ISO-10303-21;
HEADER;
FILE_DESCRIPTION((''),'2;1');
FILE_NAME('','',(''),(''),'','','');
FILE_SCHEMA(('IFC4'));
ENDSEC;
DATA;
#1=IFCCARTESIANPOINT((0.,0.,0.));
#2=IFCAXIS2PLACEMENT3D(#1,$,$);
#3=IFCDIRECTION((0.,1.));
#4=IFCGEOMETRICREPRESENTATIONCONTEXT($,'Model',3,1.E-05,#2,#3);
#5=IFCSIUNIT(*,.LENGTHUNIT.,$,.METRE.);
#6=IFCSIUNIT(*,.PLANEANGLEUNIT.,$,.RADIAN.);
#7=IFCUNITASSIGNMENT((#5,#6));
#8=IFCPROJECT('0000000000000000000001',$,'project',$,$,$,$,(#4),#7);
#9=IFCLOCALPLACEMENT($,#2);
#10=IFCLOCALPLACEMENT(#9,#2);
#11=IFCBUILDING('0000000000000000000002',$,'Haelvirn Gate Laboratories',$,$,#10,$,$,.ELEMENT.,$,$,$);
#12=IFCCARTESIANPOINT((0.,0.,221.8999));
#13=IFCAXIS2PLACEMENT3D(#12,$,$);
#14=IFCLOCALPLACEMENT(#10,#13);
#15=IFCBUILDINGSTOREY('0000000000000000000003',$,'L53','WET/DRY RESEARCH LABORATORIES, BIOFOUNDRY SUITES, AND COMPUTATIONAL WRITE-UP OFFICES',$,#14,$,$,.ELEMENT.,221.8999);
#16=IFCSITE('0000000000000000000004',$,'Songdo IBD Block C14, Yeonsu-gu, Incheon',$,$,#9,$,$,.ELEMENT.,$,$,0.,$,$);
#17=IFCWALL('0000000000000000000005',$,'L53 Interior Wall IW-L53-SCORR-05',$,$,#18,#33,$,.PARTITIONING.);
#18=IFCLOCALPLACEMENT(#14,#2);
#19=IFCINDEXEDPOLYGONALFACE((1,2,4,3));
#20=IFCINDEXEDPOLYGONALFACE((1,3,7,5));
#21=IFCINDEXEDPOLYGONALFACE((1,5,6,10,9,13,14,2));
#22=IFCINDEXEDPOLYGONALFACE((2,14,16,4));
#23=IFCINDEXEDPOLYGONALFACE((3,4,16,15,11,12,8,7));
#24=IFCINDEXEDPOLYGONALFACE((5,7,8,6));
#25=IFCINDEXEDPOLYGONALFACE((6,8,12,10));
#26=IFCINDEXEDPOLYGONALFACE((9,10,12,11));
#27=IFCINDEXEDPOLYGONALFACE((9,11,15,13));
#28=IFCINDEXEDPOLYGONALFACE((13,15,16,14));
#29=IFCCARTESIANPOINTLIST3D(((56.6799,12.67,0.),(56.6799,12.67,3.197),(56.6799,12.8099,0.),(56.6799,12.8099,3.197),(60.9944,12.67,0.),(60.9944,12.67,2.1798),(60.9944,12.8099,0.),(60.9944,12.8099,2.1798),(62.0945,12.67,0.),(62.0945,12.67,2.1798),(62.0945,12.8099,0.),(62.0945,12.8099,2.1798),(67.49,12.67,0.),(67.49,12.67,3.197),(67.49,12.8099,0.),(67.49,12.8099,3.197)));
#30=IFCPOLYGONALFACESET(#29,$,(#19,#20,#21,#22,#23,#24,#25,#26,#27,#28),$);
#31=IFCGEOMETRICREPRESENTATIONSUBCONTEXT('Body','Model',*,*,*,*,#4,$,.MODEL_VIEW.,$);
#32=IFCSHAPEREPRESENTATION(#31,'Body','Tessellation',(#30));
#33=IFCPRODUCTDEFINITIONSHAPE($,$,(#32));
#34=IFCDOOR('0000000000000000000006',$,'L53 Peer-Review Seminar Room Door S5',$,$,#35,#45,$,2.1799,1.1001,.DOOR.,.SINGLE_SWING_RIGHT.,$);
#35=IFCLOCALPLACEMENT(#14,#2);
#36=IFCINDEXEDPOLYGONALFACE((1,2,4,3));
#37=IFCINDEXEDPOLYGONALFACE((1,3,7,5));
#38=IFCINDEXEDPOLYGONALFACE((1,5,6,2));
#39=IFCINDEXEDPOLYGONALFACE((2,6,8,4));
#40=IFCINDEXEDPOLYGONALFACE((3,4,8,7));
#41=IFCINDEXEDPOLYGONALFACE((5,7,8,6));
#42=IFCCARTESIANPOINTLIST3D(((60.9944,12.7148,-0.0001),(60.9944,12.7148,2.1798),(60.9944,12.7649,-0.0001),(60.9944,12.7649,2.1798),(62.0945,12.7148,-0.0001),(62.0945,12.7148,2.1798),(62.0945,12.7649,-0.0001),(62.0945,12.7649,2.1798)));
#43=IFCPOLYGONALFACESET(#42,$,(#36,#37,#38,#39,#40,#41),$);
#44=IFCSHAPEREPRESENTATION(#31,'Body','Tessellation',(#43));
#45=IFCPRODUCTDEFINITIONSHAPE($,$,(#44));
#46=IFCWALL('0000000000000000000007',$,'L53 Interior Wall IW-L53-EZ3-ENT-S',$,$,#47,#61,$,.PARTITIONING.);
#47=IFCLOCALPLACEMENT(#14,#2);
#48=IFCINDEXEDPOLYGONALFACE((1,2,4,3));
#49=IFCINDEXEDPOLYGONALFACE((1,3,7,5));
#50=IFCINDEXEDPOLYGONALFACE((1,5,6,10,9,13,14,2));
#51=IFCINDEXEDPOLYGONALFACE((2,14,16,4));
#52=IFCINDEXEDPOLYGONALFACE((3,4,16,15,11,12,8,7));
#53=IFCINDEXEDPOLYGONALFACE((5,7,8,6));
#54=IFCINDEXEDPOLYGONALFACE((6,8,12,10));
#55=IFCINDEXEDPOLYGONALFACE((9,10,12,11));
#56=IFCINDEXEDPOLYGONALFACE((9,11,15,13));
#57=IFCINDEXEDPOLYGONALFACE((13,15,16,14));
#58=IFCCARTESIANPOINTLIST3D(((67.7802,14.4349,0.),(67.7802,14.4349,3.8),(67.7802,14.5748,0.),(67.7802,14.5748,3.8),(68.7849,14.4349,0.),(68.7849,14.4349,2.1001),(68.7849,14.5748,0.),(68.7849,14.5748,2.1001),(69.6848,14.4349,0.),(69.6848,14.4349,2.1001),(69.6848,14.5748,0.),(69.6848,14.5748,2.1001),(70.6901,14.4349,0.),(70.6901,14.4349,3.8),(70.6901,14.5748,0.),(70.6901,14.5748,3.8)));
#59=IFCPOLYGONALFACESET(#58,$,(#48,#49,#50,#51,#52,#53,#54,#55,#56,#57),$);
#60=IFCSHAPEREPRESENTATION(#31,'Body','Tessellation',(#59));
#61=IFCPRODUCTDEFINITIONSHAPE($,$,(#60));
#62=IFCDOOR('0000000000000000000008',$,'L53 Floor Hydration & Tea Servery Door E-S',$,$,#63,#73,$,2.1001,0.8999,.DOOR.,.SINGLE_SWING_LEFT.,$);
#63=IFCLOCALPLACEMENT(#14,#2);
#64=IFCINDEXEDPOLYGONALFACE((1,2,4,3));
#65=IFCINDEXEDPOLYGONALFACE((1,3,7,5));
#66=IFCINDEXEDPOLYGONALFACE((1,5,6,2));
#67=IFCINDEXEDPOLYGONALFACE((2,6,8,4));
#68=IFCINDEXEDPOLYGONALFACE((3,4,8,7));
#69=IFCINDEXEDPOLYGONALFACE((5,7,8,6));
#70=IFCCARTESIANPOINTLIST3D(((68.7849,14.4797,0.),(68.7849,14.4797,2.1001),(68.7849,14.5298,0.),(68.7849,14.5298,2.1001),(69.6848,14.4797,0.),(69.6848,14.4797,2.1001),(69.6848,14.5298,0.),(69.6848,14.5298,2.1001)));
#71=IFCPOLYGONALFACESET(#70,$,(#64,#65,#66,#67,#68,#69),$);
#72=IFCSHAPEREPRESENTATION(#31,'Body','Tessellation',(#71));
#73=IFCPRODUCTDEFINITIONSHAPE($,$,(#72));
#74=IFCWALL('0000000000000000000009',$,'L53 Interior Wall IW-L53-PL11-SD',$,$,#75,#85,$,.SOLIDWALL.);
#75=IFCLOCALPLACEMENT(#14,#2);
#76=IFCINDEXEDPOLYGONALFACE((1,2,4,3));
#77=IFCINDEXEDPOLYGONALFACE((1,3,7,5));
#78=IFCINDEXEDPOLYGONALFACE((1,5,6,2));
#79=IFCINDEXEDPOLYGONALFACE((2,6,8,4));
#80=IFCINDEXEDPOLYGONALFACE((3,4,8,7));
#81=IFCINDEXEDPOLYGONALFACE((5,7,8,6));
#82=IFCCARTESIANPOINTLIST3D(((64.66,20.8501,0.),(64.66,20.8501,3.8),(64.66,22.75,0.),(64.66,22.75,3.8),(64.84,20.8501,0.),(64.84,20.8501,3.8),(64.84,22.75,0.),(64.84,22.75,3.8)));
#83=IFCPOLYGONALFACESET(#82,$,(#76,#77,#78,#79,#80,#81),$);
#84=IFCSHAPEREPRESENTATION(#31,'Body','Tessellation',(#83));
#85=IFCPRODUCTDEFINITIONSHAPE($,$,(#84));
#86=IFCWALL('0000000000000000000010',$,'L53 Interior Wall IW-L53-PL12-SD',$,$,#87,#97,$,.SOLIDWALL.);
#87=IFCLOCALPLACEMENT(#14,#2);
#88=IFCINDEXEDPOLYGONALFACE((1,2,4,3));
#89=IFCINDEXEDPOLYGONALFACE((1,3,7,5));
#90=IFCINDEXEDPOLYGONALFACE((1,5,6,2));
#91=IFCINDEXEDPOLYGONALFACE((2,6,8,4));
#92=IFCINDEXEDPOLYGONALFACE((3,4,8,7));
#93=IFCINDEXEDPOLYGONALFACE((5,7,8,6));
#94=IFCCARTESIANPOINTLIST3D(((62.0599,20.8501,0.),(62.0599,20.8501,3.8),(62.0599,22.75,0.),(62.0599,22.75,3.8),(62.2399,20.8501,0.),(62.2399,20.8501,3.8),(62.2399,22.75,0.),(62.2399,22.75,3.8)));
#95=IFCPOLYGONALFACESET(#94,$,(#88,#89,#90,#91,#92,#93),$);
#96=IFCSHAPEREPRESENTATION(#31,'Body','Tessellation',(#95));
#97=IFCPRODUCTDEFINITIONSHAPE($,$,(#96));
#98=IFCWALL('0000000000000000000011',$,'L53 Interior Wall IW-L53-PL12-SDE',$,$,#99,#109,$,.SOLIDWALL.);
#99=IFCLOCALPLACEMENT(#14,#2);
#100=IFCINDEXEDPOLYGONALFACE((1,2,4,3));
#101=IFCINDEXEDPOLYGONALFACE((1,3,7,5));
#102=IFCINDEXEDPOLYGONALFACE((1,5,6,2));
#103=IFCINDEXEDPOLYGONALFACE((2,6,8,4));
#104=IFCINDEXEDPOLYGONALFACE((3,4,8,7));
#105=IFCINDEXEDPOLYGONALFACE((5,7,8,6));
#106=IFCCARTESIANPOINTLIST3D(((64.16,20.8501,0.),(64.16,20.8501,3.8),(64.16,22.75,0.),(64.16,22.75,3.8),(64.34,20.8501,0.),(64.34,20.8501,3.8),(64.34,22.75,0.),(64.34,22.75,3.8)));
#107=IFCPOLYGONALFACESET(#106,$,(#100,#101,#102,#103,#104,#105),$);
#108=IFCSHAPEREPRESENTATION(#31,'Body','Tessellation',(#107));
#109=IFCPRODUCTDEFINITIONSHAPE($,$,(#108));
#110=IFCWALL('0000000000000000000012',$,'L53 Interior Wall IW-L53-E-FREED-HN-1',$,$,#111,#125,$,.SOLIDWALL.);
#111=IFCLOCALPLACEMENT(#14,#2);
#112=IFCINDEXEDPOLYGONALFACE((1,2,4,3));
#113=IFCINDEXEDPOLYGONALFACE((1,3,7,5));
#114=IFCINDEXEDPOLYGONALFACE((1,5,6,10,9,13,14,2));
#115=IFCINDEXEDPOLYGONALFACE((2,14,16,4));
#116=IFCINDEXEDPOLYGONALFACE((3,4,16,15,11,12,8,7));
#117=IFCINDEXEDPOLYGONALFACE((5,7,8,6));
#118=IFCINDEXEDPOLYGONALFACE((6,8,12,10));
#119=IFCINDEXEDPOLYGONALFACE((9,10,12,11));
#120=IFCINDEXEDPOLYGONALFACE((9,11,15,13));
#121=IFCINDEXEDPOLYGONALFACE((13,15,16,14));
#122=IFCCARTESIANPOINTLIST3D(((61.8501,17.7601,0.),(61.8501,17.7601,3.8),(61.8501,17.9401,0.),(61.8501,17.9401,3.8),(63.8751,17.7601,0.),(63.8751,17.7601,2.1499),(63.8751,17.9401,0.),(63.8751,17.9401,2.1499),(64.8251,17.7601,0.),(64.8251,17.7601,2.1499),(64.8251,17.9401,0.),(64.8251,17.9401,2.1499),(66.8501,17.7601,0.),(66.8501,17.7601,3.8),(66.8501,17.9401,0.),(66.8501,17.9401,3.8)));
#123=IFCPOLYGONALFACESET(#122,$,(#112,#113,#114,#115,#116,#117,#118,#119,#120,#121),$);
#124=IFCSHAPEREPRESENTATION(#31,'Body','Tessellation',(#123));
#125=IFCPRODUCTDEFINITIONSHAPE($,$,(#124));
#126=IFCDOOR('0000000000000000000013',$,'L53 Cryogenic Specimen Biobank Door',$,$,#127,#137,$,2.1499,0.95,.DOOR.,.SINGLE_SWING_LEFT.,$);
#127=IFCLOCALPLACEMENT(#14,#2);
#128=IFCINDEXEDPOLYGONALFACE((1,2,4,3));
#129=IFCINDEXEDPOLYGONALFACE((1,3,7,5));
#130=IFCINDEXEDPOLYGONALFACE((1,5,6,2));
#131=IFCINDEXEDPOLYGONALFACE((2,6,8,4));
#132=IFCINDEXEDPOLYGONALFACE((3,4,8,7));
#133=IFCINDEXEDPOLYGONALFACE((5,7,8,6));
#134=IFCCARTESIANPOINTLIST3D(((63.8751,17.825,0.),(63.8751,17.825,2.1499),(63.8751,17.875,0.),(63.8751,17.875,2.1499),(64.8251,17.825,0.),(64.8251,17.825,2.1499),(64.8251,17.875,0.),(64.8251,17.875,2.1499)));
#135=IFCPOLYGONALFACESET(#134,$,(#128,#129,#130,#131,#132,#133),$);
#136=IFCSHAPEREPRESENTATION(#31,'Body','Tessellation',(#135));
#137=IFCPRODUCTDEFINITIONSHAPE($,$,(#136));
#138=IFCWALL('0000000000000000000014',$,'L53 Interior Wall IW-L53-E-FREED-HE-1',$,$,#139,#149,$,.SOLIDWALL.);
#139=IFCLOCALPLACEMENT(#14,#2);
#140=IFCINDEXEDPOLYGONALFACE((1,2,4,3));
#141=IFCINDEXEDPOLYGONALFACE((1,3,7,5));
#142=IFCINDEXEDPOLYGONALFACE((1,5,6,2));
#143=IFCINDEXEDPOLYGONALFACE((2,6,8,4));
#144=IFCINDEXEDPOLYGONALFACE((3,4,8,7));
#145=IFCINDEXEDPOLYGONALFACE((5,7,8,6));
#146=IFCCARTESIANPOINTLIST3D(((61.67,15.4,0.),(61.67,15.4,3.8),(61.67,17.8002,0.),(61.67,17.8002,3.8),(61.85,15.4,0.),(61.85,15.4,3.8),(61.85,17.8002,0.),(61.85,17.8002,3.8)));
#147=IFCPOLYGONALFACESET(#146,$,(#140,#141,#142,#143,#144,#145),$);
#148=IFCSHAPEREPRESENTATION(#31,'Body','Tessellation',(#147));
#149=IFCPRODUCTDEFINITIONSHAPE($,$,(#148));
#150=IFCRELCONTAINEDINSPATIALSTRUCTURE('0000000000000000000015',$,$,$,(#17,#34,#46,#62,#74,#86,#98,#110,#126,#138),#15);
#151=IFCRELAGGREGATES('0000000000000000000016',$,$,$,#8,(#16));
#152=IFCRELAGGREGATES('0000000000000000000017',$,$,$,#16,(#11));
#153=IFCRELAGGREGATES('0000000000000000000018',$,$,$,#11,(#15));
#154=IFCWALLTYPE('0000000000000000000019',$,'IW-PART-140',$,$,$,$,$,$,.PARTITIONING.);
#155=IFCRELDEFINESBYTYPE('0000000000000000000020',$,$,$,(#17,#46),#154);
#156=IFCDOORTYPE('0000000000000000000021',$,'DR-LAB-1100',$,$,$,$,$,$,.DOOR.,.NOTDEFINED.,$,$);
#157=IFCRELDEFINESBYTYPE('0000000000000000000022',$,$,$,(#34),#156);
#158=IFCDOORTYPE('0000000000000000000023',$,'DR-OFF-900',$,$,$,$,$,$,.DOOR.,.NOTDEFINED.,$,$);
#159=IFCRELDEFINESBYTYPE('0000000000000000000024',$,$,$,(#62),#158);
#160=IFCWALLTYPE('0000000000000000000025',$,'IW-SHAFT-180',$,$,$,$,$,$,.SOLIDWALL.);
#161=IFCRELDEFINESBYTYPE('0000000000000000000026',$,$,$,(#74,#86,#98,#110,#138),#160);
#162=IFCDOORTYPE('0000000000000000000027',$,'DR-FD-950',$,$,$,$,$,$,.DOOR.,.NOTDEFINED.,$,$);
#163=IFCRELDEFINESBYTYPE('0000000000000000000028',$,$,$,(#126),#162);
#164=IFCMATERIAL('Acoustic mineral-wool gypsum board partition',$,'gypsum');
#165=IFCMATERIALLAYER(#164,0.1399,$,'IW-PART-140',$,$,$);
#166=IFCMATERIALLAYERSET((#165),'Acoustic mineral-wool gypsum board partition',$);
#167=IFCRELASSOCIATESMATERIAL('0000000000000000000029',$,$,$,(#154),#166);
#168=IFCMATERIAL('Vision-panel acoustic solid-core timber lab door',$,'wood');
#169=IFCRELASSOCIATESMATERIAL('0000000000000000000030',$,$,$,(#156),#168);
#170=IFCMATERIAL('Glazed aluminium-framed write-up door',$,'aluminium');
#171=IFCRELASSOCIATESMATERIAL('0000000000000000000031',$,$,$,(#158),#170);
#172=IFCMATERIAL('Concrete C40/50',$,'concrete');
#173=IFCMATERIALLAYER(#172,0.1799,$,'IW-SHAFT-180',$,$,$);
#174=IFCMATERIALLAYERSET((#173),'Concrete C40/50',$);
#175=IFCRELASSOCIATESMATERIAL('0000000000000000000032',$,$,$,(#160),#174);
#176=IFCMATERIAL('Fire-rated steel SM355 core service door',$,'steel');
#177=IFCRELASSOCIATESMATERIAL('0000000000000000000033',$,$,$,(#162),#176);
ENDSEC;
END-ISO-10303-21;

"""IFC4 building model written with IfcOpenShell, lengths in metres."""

from ifc_helpers import new_model, si_unit, direction, frame, frame_2d, origin, place, context, subcontext, project, spatial, rectangle, extrude, source, transform, mapped, material, layer, layer_set, type_object, type_shapes, element, fill, save


model = new_model("IFC4")

# Units and contexts
model_context = context("Model", 3, precision=1e-05, world=origin(), true_north=direction((0.0, 1.0)))
body_context = subcontext(model_context, "Body", "Model", "MODEL_VIEW")
ifc_project = project(units=[si_unit("LENGTHUNIT", "METRE"), si_unit("PLANEANGLEUNIT", "RADIAN")], contexts=[model_context])

# Site, building, storey
site_placement = place(None, origin())
site = spatial("IfcSite", under=ifc_project, at=site_placement, Name="Songdo IBD Block C14, Yeonsu-gu, Incheon", CompositionType="ELEMENT", RefElevation=0.0)
building_placement = place(site_placement, origin())
building = spatial("IfcBuilding", under=site, at=building_placement, Name="Haelvirn Gate Laboratories", CompositionType="ELEMENT")
storey_placement = place(building_placement, frame((0.0, 0.0, 221.8999)))
storey = spatial("IfcBuildingStorey", under=building, at=storey_placement, Name="L53", Description="WET/DRY RESEARCH LABORATORIES, BIOFOUNDRY SUITES, AND COMPUTATIONAL WRITE-UP OFFICES", CompositionType="ELEMENT", Elevation=221.8999)

# Walls, openings, doors
ifc_material_1 = material(Name="Acoustic mineral-wool gypsum board partition", Category="gypsum")
ifc_layer_1 = layer(ifc_material_1, 0.1399, Name="IW-PART-140")
ifc_layer_set_1 = layer_set([ifc_layer_1], Name="Acoustic mineral-wool gypsum board partition")
wall_type_1 = type_object("IfcWallType", Name="IW-PART-140", PredefinedType="PARTITIONING", material=ifc_layer_set_1)
wall_1_placement = place(storey_placement, frame((56.6799, 12.74, 0.0), z_axis=(0.0, 0.0, 1.0), x_axis=(1.0, 0.0, 0.0)))
wall_1 = element("IfcWall", 1, at=wall_1_placement, inside=storey, type_object=wall_type_1, Name="L53 Interior Wall IW-L53-SCORR-05", PredefinedType="PARTITIONING", context=body_context, shape_type="SweptSolid", body=[
    extrude(rectangle(XDim=10.8101, YDim=0.1399, at=frame_2d((5.405, 0.0))), origin(), (0.0, 0.0, 1.0), 3.197),
])
opening_1_placement = place(wall_1_placement, frame((4.3145, 0.0, 0.0)))
opening_1 = element("IfcOpeningElement", 2, at=opening_1_placement, cuts=wall_1, PredefinedType="OPENING", context=body_context, shape_type="SweptSolid", body=[
    extrude(rectangle(XDim=1.1001, YDim=2.1799, at=frame_2d((0.55, 1.0898))), frame((0.0, 0.0801, 0.0), z_axis=(0.0, -1.0, 0.0), x_axis=(1.0, 0.0, 0.0)), (0.0, 0.0, 1.0), 0.1599),
])
ifc_material_2 = material(Name="Vision-panel acoustic solid-core timber lab door", Category="wood")
door_type_1 = type_object("IfcDoorType", Name="DR-LAB-1100", OperationType="NOTDEFINED", PredefinedType="DOOR", material=ifc_material_2)
shared_shape_1 = source(origin(), body_context, "Body", "SweptSolid", [
    extrude(rectangle(XDim=1.1001, YDim=2.1799, at=frame_2d((0.55, 1.0898))), frame((0.0, 0.0249, 0.0), z_axis=(0.0, -1.0, 0.0), x_axis=(1.0, 0.0, 0.0)), (0.0, 0.0, 1.0), 0.05),
])
type_shapes(door_type_1, [shared_shape_1])
door_1_placement = place(opening_1_placement, origin())
door_1 = element("IfcDoor", 3, at=door_1_placement, inside=storey, type_object=door_type_1, Name="L53 Peer-Review Seminar Room Door S5", OperationType="SINGLE_SWING_RIGHT", OverallHeight=2.1799, OverallWidth=1.1001, PredefinedType="DOOR", context=body_context, shape_type="MappedRepresentation", body=[
    mapped(shared_shape_1, transform((0.0, 0.0, 0.0), scale=1.0)),
])
fill(opening_1, door_1)
wall_2_placement = place(storey_placement, frame((67.78, 14.5049, 0.0), z_axis=(0.0, 0.0, 1.0), x_axis=(1.0, 0.0, 0.0)))
wall_2 = element("IfcWall", 4, at=wall_2_placement, inside=storey, type_object=wall_type_1, Name="L53 Interior Wall IW-L53-EZ3-ENT-S", PredefinedType="PARTITIONING", context=body_context, shape_type="SweptSolid", body=[
    extrude(rectangle(XDim=2.9099, YDim=0.1399, at=frame_2d((1.4551, 0.0))), origin(), (0.0, 0.0, 1.0), 3.8),
])
opening_2_placement = place(wall_2_placement, frame((1.0049, 0.0, 0.0)))
opening_2 = element("IfcOpeningElement", 5, at=opening_2_placement, cuts=wall_2, PredefinedType="OPENING", context=body_context, shape_type="SweptSolid", body=[
    extrude(rectangle(XDim=0.8999, YDim=2.1001, at=frame_2d((0.45, 1.05))), frame((0.0, 0.0801, 0.0), z_axis=(0.0, -1.0, 0.0), x_axis=(1.0, 0.0, 0.0)), (0.0, 0.0, 1.0), 0.1599),
])
ifc_material_3 = material(Name="Glazed aluminium-framed write-up door", Category="aluminium")
door_type_2 = type_object("IfcDoorType", Name="DR-OFF-900", OperationType="NOTDEFINED", PredefinedType="DOOR", material=ifc_material_3)
shared_shape_2 = source(origin(), body_context, "Body", "SweptSolid", [
    extrude(rectangle(XDim=0.8999, YDim=2.1001, at=frame_2d((0.45, 1.05))), frame((0.0, 0.0249, 0.0), z_axis=(0.0, -1.0, 0.0), x_axis=(1.0, 0.0, 0.0)), (0.0, 0.0, 1.0), 0.05),
])
type_shapes(door_type_2, [shared_shape_2])
door_2_placement = place(opening_2_placement, origin())
door_2 = element("IfcDoor", 6, at=door_2_placement, inside=storey, type_object=door_type_2, Name="L53 Floor Hydration & Tea Servery Door E-S", OperationType="SINGLE_SWING_LEFT", OverallHeight=2.1001, OverallWidth=0.8999, PredefinedType="DOOR", context=body_context, shape_type="MappedRepresentation", body=[
    mapped(shared_shape_2, transform((0.0, 0.0, 0.0), scale=1.0)),
])
fill(opening_2, door_2)

# Walls
ifc_material_4 = material(Name="Concrete C40/50", Category="concrete")
ifc_layer_2 = layer(ifc_material_4, 0.1799, Name="IW-SHAFT-180")
ifc_layer_set_2 = layer_set([ifc_layer_2], Name="Concrete C40/50")
wall_type_2 = type_object("IfcWallType", Name="IW-SHAFT-180", PredefinedType="SOLIDWALL", material=ifc_layer_set_2)
for number, where, z_axis, x_axis, name in (
    (7, (64.75, 20.8501, 0.0), (0.0, 0.0, 1.0), (0.0, 1.0, 0.0), "L53 Interior Wall IW-L53-PL11-SD"),
    (8, (62.1499, 20.8501, 0.0), (0.0, 0.0, 1.0), (0.0, 1.0, 0.0), "L53 Interior Wall IW-L53-PL12-SD"),
    (9, (64.25, 20.8501, 0.0), (0.0, 0.0, 1.0), (0.0, 1.0, 0.0), "L53 Interior Wall IW-L53-PL12-SDE"),
):
    element("IfcWall", number, at=place(storey_placement, frame(where, z_axis=z_axis, x_axis=x_axis)), inside=storey, type_object=wall_type_2, Name=name, PredefinedType="SOLIDWALL", context=body_context, shape_type="SweptSolid", body=[
        extrude(rectangle(XDim=1.8999, YDim=0.1799, at=frame_2d((0.95, 0.0))), origin(), (0.0, 0.0, 1.0), 3.8),
    ])

# Wall, opening, door
wall_3_placement = place(storey_placement, frame((61.8501, 17.8501, 0.0), z_axis=(0.0, 0.0, 1.0), x_axis=(1.0, 0.0, 0.0)))
wall_3 = element("IfcWall", 10, at=wall_3_placement, inside=storey, type_object=wall_type_2, Name="L53 Interior Wall IW-L53-E-FREED-HN-1", PredefinedType="SOLIDWALL", context=body_context, shape_type="SweptSolid", body=[
    extrude(rectangle(XDim=5.0, YDim=0.1799, at=frame_2d((2.5, 0.0))), origin(), (0.0, 0.0, 1.0), 3.8),
])
opening_3_placement = place(wall_3_placement, frame((2.0249, 0.0, 0.0)))
opening_3 = element("IfcOpeningElement", 11, at=opening_3_placement, cuts=wall_3, PredefinedType="OPENING", context=body_context, shape_type="SweptSolid", body=[
    extrude(rectangle(XDim=0.95, YDim=2.1499, at=frame_2d((0.4751, 1.075))), frame((0.0, 0.1001, 0.0), z_axis=(0.0, -1.0, 0.0), x_axis=(1.0, 0.0, 0.0)), (0.0, 0.0, 1.0), 0.2),
])
ifc_material_5 = material(Name="Fire-rated steel SM355 core service door", Category="steel")
door_type_3 = type_object("IfcDoorType", Name="DR-FD-950", OperationType="NOTDEFINED", PredefinedType="DOOR", material=ifc_material_5)
shared_shape_3 = source(origin(), body_context, "Body", "SweptSolid", [
    extrude(rectangle(XDim=0.95, YDim=2.1499, at=frame_2d((0.4751, 1.075))), frame((0.0, 0.0249, 0.0), z_axis=(0.0, -1.0, 0.0), x_axis=(1.0, 0.0, 0.0)), (0.0, 0.0, 1.0), 0.05),
])
type_shapes(door_type_3, [shared_shape_3])
door_3_placement = place(opening_3_placement, origin())
door_3 = element("IfcDoor", 12, at=door_3_placement, inside=storey, type_object=door_type_3, Name="L53 Cryogenic Specimen Biobank Door", OperationType="SINGLE_SWING_LEFT", OverallHeight=2.1499, OverallWidth=0.95, PredefinedType="DOOR", context=body_context, shape_type="MappedRepresentation", body=[
    mapped(shared_shape_3, transform((0.0, 0.0, 0.0), scale=1.0)),
])
fill(opening_3, door_3)

# Wall
wall_4_placement = place(storey_placement, frame((61.76, 15.3999, 0.0), z_axis=(0.0, 0.0, 1.0), x_axis=(0.0, 1.0, 0.0)))
element("IfcWall", 13, at=wall_4_placement, inside=storey, type_object=wall_type_2, Name="L53 Interior Wall IW-L53-E-FREED-HE-1", PredefinedType="SOLIDWALL", context=body_context, shape_type="SweptSolid", body=[
    extrude(rectangle(XDim=2.4001, YDim=0.1799, at=frame_2d((1.2002, 0.0))), origin(), (0.0, 0.0, 1.0), 3.8),
])

save(model, "model.ifc")
